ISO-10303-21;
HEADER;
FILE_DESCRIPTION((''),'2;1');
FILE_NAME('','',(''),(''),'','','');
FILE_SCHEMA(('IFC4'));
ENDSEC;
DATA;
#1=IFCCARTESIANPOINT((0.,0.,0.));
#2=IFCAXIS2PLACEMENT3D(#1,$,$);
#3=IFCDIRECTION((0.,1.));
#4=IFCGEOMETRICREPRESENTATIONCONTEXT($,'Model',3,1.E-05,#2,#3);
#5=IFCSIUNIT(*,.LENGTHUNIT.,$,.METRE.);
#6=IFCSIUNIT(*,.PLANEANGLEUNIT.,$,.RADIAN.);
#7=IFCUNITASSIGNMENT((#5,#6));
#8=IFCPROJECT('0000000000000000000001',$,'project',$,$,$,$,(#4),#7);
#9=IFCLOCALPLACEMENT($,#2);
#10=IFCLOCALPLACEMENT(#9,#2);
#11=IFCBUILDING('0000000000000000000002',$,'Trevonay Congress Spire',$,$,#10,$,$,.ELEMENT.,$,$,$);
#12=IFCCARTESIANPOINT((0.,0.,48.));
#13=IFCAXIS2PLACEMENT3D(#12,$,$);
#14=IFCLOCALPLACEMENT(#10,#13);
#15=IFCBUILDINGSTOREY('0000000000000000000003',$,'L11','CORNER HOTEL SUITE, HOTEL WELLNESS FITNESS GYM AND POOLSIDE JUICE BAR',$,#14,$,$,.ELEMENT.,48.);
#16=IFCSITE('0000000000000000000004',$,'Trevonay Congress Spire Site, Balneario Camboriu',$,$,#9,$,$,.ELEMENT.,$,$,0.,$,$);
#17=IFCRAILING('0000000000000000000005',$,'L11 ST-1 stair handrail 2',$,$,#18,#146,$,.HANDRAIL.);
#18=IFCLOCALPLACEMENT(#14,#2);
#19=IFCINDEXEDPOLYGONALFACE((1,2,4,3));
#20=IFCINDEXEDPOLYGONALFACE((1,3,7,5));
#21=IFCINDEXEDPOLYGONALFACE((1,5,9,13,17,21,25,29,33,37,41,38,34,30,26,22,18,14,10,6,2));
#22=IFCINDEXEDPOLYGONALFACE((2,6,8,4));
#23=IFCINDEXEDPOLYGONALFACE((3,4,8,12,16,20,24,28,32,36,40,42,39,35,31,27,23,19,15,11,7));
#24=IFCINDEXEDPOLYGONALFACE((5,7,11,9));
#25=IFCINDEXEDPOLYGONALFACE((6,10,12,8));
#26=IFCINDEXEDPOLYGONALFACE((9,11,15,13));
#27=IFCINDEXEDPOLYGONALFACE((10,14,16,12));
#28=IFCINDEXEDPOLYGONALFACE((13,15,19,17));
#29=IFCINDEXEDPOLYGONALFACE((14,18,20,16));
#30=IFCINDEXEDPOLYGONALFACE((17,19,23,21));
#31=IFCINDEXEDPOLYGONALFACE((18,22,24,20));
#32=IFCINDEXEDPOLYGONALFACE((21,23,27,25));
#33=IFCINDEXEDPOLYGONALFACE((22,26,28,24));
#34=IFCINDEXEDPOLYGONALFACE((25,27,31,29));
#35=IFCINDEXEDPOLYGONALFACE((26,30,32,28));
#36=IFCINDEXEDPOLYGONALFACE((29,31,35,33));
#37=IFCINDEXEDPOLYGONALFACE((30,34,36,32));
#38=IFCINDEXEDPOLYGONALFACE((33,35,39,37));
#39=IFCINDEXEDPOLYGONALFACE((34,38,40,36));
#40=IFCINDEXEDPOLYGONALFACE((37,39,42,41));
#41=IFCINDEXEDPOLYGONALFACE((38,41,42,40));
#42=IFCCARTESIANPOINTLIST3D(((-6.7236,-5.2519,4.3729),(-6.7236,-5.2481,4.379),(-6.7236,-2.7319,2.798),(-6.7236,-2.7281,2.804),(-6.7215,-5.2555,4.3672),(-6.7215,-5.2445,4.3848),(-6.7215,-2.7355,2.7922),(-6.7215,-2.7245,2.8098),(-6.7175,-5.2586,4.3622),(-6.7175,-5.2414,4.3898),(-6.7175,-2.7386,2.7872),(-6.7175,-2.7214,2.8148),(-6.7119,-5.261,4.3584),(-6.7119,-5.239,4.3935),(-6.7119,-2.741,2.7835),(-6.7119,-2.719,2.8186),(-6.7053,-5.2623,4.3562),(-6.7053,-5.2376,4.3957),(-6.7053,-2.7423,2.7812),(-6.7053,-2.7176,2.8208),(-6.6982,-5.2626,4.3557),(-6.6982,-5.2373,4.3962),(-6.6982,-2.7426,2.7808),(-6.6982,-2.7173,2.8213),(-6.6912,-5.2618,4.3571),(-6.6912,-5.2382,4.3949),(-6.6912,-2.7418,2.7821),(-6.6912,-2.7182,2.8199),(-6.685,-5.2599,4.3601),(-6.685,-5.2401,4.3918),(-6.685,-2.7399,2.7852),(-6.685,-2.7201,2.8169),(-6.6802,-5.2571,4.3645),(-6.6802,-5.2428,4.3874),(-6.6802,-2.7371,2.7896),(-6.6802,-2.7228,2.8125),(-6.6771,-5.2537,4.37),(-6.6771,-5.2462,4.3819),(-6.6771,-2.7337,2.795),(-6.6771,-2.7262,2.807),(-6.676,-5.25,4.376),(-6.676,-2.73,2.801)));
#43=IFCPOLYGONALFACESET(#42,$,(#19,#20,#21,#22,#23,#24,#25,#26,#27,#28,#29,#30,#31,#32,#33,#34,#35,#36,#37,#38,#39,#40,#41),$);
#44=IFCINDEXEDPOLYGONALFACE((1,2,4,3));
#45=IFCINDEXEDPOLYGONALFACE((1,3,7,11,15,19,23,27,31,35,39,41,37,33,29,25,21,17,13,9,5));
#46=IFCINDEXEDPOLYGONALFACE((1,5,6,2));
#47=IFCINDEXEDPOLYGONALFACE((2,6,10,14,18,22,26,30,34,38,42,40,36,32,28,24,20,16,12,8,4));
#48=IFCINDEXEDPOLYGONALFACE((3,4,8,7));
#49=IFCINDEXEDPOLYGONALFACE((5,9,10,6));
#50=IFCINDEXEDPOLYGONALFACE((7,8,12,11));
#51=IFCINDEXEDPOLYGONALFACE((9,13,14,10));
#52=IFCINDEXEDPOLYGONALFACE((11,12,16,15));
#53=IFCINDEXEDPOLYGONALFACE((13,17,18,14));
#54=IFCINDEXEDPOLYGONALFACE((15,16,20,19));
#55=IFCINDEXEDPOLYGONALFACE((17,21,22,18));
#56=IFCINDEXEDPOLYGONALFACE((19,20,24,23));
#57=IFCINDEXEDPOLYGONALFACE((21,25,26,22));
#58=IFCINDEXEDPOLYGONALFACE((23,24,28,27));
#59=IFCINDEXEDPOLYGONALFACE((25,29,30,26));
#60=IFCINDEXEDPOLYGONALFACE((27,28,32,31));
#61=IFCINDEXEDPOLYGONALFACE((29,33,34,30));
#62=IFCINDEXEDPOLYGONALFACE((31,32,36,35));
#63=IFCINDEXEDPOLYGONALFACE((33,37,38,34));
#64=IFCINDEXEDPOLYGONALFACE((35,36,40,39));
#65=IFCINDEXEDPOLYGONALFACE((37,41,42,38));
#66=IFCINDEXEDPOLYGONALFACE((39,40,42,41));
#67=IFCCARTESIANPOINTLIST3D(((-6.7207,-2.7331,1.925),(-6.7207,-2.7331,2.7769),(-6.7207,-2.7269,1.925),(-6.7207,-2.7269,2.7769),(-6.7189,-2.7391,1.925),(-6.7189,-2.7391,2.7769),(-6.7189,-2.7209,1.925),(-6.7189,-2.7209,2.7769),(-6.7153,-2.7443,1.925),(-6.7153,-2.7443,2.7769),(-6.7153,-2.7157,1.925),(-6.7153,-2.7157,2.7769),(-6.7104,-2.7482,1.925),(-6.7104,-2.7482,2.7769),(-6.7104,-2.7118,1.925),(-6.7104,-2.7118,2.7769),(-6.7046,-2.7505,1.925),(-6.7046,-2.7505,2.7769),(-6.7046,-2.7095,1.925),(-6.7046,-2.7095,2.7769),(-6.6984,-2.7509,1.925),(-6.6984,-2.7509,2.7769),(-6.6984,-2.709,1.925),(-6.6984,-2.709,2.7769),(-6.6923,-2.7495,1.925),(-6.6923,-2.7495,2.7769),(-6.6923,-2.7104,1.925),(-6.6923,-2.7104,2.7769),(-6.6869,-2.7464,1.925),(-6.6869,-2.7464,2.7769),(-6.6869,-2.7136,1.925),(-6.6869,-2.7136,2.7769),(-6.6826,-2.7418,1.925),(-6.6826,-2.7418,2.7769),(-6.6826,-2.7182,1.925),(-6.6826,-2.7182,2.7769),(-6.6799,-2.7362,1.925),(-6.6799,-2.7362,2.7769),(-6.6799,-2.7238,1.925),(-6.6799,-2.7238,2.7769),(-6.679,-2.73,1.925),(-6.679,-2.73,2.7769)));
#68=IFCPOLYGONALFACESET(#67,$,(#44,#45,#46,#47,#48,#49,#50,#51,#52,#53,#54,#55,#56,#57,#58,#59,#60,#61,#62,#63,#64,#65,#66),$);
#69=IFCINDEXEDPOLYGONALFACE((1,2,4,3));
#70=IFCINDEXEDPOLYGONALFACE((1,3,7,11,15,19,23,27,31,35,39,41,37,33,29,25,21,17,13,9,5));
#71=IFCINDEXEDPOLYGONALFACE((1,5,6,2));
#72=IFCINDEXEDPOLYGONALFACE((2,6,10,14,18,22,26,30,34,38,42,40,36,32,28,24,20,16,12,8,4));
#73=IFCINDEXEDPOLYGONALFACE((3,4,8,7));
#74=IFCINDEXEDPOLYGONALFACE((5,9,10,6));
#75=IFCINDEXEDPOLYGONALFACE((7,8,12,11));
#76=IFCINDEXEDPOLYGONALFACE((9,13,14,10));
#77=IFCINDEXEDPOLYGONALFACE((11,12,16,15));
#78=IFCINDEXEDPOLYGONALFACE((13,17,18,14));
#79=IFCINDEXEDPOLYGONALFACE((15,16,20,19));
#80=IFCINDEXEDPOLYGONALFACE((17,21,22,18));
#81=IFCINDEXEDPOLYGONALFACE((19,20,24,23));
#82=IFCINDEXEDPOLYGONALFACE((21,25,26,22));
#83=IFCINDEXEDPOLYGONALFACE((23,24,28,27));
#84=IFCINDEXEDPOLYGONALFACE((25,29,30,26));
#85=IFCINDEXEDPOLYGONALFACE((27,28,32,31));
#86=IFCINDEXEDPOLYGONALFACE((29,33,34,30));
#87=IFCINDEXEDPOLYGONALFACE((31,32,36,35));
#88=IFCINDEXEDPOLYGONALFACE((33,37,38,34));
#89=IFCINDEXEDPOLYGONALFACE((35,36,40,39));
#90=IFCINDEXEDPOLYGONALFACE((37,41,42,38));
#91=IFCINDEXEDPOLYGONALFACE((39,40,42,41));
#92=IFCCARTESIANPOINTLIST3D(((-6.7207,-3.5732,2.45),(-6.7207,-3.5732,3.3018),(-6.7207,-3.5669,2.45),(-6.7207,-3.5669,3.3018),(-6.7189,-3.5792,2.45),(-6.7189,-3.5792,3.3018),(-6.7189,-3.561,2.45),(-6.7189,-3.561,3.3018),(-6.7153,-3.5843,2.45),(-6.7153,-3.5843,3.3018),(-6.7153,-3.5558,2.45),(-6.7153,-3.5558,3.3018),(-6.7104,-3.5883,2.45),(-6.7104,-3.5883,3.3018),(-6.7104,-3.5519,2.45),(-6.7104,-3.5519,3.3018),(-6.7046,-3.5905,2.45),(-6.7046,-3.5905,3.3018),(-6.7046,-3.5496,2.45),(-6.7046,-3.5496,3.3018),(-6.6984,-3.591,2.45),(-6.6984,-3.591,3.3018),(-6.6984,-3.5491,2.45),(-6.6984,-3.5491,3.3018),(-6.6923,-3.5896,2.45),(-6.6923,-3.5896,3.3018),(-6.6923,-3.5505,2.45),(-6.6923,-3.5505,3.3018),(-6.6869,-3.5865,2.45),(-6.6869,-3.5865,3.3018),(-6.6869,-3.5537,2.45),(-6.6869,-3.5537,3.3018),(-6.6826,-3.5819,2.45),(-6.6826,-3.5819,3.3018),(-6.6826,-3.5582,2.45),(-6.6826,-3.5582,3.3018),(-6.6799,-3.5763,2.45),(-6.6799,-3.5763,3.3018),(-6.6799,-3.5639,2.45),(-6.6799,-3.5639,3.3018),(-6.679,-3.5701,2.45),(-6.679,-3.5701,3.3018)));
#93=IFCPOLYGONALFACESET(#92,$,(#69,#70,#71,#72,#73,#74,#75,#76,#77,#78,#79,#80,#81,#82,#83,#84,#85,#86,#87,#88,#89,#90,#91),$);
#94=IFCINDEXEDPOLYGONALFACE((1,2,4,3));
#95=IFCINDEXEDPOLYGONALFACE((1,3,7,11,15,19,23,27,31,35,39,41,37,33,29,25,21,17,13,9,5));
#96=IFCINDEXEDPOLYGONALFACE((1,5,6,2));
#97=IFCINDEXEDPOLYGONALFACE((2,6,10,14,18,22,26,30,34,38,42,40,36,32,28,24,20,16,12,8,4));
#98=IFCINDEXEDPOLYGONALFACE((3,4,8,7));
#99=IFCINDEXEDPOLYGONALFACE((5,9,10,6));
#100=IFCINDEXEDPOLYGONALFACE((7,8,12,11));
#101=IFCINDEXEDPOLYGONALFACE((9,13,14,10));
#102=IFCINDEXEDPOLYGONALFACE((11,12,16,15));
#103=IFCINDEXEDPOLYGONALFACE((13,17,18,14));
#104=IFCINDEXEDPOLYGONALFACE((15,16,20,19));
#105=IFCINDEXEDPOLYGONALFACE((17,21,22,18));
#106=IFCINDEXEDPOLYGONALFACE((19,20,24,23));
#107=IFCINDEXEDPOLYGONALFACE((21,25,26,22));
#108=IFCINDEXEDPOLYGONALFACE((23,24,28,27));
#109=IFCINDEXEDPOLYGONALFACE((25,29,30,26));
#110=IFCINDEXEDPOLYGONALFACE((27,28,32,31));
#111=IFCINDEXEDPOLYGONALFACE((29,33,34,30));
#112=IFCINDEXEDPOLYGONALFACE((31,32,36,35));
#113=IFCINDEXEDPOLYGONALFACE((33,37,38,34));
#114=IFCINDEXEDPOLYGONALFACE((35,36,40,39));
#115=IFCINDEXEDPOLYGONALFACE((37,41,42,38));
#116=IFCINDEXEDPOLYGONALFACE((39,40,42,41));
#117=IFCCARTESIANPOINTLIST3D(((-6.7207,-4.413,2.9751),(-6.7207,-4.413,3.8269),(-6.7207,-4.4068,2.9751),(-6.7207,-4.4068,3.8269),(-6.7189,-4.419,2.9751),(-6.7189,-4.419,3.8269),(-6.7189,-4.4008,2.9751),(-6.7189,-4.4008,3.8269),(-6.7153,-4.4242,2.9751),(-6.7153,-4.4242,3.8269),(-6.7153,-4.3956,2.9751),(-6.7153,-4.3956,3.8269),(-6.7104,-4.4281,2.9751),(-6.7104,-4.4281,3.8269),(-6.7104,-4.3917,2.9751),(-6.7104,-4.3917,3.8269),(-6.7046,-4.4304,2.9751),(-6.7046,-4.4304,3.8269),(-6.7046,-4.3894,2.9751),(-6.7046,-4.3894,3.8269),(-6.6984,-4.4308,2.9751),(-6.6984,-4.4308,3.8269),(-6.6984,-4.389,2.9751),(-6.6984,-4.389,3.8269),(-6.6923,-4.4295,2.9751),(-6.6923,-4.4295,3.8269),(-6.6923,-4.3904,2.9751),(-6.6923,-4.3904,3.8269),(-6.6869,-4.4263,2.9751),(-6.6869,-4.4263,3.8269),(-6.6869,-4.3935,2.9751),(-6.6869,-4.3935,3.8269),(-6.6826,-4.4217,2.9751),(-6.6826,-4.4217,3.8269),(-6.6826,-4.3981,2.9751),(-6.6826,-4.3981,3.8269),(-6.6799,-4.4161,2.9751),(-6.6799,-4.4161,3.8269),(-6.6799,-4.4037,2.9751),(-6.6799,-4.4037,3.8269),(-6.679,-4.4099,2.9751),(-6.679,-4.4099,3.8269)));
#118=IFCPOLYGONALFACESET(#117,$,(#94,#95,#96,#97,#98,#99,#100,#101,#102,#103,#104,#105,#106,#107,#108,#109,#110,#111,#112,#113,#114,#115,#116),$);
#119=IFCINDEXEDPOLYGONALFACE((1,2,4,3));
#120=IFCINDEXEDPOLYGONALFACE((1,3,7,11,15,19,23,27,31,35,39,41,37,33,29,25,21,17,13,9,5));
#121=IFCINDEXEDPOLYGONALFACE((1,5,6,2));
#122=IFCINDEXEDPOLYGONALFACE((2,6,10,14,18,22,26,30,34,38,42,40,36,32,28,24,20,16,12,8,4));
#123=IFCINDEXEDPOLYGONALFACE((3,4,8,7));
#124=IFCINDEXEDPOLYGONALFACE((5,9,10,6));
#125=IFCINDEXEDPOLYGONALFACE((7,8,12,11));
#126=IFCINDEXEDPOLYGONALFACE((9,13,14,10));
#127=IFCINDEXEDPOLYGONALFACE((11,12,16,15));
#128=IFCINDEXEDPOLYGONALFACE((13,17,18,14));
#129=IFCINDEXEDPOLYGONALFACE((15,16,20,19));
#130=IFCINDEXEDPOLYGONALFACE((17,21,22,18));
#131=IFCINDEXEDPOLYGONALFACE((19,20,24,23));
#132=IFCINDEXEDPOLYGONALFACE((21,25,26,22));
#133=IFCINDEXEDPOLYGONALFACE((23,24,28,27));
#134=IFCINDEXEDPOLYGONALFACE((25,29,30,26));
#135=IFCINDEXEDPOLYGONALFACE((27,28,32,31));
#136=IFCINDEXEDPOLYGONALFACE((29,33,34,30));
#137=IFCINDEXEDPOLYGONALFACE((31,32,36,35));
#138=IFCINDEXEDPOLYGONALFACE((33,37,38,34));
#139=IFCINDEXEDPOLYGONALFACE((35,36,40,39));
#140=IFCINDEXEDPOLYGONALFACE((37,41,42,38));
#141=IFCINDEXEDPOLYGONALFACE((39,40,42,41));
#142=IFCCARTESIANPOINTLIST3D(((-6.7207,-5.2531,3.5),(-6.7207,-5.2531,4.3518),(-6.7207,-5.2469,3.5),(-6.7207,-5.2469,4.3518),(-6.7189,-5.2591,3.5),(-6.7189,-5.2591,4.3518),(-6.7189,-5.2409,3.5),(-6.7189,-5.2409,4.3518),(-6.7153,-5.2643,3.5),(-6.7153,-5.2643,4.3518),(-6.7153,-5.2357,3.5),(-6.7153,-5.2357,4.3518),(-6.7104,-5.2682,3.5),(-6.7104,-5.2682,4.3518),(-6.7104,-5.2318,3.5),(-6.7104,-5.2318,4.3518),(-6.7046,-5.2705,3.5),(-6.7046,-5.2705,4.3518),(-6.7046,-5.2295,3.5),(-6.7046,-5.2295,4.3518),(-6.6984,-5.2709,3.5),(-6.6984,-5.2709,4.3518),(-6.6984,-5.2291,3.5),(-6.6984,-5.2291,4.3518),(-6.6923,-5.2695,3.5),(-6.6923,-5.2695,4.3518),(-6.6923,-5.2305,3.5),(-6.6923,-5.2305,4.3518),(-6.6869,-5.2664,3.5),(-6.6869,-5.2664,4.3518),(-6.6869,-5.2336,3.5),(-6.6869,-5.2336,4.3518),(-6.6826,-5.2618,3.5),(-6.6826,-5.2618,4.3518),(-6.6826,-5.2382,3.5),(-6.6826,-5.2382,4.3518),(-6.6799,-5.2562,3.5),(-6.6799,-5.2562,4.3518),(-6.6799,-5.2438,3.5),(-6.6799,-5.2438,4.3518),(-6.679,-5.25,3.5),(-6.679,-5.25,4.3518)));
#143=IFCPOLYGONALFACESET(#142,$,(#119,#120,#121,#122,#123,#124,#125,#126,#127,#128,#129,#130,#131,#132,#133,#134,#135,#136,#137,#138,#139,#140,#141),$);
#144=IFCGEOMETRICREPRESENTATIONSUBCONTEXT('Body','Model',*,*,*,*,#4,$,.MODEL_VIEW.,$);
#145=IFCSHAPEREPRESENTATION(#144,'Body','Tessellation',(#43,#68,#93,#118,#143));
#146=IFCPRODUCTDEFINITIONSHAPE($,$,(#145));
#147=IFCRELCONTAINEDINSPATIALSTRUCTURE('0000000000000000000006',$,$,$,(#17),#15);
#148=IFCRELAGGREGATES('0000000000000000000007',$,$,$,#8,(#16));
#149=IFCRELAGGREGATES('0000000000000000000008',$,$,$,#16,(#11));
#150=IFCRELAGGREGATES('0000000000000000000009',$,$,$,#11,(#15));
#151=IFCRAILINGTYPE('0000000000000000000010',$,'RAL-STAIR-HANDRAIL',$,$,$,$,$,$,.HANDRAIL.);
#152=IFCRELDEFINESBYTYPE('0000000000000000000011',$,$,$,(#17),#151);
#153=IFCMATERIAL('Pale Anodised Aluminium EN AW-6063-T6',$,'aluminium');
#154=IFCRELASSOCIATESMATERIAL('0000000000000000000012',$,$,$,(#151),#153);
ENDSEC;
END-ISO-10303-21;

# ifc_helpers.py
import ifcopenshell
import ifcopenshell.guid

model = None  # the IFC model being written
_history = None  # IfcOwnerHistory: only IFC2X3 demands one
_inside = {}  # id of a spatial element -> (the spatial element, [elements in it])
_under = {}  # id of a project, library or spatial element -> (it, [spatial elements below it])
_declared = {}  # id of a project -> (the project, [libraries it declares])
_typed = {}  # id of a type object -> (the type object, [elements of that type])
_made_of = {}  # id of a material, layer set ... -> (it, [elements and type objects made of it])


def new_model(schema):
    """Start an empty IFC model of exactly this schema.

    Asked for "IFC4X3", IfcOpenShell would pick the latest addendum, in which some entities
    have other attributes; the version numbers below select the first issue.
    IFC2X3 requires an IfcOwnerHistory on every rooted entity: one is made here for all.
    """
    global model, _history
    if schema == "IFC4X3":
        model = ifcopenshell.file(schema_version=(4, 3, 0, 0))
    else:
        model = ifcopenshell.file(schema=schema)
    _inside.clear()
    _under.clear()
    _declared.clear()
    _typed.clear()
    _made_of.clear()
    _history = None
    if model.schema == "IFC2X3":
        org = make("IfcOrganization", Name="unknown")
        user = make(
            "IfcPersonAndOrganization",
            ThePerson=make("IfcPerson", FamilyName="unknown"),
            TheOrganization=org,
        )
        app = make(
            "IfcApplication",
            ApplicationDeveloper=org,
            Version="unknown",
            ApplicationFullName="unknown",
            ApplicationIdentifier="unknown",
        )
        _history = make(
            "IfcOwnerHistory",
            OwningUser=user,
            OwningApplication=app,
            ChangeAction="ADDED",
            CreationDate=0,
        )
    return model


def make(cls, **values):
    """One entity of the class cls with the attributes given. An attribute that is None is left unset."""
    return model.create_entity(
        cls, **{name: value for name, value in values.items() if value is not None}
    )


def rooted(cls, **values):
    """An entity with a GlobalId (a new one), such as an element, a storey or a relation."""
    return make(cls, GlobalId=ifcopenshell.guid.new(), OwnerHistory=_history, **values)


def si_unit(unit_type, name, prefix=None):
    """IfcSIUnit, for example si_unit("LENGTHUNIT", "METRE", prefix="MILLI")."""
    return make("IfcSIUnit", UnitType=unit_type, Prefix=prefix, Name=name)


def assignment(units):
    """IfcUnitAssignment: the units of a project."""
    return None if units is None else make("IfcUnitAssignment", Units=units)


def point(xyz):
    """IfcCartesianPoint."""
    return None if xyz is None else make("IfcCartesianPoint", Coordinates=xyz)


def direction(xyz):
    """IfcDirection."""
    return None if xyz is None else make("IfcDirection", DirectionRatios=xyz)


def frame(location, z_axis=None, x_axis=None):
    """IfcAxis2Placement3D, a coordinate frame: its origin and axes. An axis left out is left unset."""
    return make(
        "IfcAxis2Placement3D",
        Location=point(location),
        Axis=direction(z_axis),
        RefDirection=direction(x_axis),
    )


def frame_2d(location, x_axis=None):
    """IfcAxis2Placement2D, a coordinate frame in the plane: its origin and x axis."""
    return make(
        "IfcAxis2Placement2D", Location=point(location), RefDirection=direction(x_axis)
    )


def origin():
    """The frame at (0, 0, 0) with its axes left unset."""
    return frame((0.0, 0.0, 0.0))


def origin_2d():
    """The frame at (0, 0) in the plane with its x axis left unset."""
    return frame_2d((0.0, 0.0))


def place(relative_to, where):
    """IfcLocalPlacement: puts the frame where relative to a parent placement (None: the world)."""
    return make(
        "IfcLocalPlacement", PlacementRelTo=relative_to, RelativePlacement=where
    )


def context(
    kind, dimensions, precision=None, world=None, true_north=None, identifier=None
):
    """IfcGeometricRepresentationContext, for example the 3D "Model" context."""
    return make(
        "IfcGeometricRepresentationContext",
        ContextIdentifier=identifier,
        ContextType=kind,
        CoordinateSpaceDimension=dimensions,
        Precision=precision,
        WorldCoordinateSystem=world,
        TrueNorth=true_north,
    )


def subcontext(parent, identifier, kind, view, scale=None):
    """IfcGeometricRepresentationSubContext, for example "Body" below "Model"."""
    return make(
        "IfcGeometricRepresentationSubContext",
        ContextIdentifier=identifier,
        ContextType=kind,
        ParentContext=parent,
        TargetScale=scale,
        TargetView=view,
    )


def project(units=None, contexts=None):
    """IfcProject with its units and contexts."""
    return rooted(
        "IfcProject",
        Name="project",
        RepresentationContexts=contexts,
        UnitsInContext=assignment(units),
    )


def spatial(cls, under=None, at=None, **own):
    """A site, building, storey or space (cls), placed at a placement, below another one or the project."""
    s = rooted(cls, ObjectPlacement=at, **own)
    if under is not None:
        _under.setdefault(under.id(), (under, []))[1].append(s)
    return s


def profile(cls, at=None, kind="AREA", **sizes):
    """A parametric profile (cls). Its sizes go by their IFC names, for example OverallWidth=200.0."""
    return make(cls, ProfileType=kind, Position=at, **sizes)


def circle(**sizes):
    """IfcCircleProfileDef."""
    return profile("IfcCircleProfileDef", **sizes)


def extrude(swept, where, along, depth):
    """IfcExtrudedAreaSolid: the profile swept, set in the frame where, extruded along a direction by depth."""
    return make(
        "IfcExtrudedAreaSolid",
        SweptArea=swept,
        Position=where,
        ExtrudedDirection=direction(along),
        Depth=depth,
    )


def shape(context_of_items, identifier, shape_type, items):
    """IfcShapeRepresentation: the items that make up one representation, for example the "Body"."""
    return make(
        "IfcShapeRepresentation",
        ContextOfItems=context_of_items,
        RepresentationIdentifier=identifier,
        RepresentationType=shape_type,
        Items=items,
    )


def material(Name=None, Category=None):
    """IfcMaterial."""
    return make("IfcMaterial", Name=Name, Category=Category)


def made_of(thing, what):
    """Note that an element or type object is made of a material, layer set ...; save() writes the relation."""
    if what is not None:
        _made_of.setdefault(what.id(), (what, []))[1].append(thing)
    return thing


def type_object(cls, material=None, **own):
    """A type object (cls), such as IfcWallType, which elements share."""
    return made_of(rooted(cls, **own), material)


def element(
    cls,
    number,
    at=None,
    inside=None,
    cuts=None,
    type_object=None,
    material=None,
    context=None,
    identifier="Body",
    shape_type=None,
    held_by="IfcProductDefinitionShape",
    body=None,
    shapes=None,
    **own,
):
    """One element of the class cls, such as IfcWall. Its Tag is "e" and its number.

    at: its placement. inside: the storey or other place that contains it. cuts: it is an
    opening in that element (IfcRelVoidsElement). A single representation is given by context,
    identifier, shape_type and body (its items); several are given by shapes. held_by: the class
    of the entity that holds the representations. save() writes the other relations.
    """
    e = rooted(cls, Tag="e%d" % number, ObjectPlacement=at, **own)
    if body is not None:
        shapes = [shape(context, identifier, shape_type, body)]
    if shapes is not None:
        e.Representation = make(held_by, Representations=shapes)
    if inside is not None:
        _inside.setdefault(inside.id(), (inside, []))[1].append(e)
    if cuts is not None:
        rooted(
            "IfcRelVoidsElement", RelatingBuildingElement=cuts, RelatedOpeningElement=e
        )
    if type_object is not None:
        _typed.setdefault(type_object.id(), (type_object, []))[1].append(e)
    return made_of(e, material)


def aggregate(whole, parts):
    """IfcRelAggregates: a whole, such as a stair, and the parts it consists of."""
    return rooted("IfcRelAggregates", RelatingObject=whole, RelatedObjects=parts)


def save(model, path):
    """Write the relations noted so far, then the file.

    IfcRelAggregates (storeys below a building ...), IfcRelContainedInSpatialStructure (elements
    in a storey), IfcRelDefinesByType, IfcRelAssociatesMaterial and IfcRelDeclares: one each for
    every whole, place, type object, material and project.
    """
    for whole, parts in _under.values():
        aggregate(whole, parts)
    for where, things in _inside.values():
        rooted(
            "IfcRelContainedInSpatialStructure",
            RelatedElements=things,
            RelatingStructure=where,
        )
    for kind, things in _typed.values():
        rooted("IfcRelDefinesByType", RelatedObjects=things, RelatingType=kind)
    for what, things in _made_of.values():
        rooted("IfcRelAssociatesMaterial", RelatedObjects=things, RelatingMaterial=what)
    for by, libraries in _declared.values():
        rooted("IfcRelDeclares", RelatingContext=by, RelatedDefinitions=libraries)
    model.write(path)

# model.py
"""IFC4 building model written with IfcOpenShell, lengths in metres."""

from ifc_helpers import new_model, si_unit, direction, frame, origin, origin_2d, place, context, subcontext, project, spatial, circle, extrude, material, type_object, element, save


model = new_model("IFC4")

# Units and contexts
model_context = context("Model", 3, precision=1e-05, world=origin(), true_north=direction((0.0, 1.0)))
body_context = subcontext(model_context, "Body", "Model", "MODEL_VIEW")
ifc_project = project(units=[si_unit("LENGTHUNIT", "METRE"), si_unit("PLANEANGLEUNIT", "RADIAN")], contexts=[model_context])

# Site, building, storey
site_placement = place(None, origin())
site = spatial("IfcSite", under=ifc_project, at=site_placement, Name="Trevonay Congress Spire Site, Balneario Camboriu", CompositionType="ELEMENT", RefElevation=0.0)
building_placement = place(site_placement, origin())
building = spatial("IfcBuilding", under=site, at=building_placement, Name="Trevonay Congress Spire", CompositionType="ELEMENT")
storey_placement = place(building_placement, frame((0.0, 0.0, 48.0)))
storey = spatial("IfcBuildingStorey", under=building, at=storey_placement, Name="L11", Description="CORNER HOTEL SUITE, HOTEL WELLNESS FITNESS GYM AND POOLSIDE JUICE BAR", CompositionType="ELEMENT", Elevation=48.0)

# Shared definitions
ifc_material_1 = material(Name="Pale Anodised Aluminium EN AW-6063-T6", Category="aluminium")

# Railing
railing_type_1 = type_object("IfcRailingType", Name="RAL-STAIR-HANDRAIL", PredefinedType="HANDRAIL", material=ifc_material_1)
railing_1_placement = place(storey_placement, frame((-6.7, -2.73, 1.925)))
element("IfcRailing", 1, at=railing_1_placement, inside=storey, type_object=railing_type_1, Name="L11 ST-1 stair handrail 2", PredefinedType="HANDRAIL", context=body_context, shape_type="SweptSolid", body=[
    extrude(circle(Radius=0.0239, at=origin_2d()), frame((0.0, 0.0, 0.876), z_axis=(0.0, -0.848008, 0.529984), x_axis=(1.0, 0.0, 0.0)), (0.0, 0.0, 1.0), 2.9717),
    extrude(circle(Radius=0.021, at=origin_2d()), origin(), (0.0, 0.0, 1.0), 0.8518),
    extrude(circle(Radius=0.021, at=origin_2d()), frame((0.0, -0.8401, 0.5249)), (0.0, 0.0, 1.0), 0.8518),
    extrude(circle(Radius=0.021, at=origin_2d()), frame((0.0, -1.6799, 1.05)), (0.0, 0.0, 1.0), 0.8518),
    extrude(circle(Radius=0.021, at=origin_2d()), frame((0.0, -2.52, 1.575)), (0.0, 0.0, 1.0), 0.8518),
])

save(model, "model.ifc")
